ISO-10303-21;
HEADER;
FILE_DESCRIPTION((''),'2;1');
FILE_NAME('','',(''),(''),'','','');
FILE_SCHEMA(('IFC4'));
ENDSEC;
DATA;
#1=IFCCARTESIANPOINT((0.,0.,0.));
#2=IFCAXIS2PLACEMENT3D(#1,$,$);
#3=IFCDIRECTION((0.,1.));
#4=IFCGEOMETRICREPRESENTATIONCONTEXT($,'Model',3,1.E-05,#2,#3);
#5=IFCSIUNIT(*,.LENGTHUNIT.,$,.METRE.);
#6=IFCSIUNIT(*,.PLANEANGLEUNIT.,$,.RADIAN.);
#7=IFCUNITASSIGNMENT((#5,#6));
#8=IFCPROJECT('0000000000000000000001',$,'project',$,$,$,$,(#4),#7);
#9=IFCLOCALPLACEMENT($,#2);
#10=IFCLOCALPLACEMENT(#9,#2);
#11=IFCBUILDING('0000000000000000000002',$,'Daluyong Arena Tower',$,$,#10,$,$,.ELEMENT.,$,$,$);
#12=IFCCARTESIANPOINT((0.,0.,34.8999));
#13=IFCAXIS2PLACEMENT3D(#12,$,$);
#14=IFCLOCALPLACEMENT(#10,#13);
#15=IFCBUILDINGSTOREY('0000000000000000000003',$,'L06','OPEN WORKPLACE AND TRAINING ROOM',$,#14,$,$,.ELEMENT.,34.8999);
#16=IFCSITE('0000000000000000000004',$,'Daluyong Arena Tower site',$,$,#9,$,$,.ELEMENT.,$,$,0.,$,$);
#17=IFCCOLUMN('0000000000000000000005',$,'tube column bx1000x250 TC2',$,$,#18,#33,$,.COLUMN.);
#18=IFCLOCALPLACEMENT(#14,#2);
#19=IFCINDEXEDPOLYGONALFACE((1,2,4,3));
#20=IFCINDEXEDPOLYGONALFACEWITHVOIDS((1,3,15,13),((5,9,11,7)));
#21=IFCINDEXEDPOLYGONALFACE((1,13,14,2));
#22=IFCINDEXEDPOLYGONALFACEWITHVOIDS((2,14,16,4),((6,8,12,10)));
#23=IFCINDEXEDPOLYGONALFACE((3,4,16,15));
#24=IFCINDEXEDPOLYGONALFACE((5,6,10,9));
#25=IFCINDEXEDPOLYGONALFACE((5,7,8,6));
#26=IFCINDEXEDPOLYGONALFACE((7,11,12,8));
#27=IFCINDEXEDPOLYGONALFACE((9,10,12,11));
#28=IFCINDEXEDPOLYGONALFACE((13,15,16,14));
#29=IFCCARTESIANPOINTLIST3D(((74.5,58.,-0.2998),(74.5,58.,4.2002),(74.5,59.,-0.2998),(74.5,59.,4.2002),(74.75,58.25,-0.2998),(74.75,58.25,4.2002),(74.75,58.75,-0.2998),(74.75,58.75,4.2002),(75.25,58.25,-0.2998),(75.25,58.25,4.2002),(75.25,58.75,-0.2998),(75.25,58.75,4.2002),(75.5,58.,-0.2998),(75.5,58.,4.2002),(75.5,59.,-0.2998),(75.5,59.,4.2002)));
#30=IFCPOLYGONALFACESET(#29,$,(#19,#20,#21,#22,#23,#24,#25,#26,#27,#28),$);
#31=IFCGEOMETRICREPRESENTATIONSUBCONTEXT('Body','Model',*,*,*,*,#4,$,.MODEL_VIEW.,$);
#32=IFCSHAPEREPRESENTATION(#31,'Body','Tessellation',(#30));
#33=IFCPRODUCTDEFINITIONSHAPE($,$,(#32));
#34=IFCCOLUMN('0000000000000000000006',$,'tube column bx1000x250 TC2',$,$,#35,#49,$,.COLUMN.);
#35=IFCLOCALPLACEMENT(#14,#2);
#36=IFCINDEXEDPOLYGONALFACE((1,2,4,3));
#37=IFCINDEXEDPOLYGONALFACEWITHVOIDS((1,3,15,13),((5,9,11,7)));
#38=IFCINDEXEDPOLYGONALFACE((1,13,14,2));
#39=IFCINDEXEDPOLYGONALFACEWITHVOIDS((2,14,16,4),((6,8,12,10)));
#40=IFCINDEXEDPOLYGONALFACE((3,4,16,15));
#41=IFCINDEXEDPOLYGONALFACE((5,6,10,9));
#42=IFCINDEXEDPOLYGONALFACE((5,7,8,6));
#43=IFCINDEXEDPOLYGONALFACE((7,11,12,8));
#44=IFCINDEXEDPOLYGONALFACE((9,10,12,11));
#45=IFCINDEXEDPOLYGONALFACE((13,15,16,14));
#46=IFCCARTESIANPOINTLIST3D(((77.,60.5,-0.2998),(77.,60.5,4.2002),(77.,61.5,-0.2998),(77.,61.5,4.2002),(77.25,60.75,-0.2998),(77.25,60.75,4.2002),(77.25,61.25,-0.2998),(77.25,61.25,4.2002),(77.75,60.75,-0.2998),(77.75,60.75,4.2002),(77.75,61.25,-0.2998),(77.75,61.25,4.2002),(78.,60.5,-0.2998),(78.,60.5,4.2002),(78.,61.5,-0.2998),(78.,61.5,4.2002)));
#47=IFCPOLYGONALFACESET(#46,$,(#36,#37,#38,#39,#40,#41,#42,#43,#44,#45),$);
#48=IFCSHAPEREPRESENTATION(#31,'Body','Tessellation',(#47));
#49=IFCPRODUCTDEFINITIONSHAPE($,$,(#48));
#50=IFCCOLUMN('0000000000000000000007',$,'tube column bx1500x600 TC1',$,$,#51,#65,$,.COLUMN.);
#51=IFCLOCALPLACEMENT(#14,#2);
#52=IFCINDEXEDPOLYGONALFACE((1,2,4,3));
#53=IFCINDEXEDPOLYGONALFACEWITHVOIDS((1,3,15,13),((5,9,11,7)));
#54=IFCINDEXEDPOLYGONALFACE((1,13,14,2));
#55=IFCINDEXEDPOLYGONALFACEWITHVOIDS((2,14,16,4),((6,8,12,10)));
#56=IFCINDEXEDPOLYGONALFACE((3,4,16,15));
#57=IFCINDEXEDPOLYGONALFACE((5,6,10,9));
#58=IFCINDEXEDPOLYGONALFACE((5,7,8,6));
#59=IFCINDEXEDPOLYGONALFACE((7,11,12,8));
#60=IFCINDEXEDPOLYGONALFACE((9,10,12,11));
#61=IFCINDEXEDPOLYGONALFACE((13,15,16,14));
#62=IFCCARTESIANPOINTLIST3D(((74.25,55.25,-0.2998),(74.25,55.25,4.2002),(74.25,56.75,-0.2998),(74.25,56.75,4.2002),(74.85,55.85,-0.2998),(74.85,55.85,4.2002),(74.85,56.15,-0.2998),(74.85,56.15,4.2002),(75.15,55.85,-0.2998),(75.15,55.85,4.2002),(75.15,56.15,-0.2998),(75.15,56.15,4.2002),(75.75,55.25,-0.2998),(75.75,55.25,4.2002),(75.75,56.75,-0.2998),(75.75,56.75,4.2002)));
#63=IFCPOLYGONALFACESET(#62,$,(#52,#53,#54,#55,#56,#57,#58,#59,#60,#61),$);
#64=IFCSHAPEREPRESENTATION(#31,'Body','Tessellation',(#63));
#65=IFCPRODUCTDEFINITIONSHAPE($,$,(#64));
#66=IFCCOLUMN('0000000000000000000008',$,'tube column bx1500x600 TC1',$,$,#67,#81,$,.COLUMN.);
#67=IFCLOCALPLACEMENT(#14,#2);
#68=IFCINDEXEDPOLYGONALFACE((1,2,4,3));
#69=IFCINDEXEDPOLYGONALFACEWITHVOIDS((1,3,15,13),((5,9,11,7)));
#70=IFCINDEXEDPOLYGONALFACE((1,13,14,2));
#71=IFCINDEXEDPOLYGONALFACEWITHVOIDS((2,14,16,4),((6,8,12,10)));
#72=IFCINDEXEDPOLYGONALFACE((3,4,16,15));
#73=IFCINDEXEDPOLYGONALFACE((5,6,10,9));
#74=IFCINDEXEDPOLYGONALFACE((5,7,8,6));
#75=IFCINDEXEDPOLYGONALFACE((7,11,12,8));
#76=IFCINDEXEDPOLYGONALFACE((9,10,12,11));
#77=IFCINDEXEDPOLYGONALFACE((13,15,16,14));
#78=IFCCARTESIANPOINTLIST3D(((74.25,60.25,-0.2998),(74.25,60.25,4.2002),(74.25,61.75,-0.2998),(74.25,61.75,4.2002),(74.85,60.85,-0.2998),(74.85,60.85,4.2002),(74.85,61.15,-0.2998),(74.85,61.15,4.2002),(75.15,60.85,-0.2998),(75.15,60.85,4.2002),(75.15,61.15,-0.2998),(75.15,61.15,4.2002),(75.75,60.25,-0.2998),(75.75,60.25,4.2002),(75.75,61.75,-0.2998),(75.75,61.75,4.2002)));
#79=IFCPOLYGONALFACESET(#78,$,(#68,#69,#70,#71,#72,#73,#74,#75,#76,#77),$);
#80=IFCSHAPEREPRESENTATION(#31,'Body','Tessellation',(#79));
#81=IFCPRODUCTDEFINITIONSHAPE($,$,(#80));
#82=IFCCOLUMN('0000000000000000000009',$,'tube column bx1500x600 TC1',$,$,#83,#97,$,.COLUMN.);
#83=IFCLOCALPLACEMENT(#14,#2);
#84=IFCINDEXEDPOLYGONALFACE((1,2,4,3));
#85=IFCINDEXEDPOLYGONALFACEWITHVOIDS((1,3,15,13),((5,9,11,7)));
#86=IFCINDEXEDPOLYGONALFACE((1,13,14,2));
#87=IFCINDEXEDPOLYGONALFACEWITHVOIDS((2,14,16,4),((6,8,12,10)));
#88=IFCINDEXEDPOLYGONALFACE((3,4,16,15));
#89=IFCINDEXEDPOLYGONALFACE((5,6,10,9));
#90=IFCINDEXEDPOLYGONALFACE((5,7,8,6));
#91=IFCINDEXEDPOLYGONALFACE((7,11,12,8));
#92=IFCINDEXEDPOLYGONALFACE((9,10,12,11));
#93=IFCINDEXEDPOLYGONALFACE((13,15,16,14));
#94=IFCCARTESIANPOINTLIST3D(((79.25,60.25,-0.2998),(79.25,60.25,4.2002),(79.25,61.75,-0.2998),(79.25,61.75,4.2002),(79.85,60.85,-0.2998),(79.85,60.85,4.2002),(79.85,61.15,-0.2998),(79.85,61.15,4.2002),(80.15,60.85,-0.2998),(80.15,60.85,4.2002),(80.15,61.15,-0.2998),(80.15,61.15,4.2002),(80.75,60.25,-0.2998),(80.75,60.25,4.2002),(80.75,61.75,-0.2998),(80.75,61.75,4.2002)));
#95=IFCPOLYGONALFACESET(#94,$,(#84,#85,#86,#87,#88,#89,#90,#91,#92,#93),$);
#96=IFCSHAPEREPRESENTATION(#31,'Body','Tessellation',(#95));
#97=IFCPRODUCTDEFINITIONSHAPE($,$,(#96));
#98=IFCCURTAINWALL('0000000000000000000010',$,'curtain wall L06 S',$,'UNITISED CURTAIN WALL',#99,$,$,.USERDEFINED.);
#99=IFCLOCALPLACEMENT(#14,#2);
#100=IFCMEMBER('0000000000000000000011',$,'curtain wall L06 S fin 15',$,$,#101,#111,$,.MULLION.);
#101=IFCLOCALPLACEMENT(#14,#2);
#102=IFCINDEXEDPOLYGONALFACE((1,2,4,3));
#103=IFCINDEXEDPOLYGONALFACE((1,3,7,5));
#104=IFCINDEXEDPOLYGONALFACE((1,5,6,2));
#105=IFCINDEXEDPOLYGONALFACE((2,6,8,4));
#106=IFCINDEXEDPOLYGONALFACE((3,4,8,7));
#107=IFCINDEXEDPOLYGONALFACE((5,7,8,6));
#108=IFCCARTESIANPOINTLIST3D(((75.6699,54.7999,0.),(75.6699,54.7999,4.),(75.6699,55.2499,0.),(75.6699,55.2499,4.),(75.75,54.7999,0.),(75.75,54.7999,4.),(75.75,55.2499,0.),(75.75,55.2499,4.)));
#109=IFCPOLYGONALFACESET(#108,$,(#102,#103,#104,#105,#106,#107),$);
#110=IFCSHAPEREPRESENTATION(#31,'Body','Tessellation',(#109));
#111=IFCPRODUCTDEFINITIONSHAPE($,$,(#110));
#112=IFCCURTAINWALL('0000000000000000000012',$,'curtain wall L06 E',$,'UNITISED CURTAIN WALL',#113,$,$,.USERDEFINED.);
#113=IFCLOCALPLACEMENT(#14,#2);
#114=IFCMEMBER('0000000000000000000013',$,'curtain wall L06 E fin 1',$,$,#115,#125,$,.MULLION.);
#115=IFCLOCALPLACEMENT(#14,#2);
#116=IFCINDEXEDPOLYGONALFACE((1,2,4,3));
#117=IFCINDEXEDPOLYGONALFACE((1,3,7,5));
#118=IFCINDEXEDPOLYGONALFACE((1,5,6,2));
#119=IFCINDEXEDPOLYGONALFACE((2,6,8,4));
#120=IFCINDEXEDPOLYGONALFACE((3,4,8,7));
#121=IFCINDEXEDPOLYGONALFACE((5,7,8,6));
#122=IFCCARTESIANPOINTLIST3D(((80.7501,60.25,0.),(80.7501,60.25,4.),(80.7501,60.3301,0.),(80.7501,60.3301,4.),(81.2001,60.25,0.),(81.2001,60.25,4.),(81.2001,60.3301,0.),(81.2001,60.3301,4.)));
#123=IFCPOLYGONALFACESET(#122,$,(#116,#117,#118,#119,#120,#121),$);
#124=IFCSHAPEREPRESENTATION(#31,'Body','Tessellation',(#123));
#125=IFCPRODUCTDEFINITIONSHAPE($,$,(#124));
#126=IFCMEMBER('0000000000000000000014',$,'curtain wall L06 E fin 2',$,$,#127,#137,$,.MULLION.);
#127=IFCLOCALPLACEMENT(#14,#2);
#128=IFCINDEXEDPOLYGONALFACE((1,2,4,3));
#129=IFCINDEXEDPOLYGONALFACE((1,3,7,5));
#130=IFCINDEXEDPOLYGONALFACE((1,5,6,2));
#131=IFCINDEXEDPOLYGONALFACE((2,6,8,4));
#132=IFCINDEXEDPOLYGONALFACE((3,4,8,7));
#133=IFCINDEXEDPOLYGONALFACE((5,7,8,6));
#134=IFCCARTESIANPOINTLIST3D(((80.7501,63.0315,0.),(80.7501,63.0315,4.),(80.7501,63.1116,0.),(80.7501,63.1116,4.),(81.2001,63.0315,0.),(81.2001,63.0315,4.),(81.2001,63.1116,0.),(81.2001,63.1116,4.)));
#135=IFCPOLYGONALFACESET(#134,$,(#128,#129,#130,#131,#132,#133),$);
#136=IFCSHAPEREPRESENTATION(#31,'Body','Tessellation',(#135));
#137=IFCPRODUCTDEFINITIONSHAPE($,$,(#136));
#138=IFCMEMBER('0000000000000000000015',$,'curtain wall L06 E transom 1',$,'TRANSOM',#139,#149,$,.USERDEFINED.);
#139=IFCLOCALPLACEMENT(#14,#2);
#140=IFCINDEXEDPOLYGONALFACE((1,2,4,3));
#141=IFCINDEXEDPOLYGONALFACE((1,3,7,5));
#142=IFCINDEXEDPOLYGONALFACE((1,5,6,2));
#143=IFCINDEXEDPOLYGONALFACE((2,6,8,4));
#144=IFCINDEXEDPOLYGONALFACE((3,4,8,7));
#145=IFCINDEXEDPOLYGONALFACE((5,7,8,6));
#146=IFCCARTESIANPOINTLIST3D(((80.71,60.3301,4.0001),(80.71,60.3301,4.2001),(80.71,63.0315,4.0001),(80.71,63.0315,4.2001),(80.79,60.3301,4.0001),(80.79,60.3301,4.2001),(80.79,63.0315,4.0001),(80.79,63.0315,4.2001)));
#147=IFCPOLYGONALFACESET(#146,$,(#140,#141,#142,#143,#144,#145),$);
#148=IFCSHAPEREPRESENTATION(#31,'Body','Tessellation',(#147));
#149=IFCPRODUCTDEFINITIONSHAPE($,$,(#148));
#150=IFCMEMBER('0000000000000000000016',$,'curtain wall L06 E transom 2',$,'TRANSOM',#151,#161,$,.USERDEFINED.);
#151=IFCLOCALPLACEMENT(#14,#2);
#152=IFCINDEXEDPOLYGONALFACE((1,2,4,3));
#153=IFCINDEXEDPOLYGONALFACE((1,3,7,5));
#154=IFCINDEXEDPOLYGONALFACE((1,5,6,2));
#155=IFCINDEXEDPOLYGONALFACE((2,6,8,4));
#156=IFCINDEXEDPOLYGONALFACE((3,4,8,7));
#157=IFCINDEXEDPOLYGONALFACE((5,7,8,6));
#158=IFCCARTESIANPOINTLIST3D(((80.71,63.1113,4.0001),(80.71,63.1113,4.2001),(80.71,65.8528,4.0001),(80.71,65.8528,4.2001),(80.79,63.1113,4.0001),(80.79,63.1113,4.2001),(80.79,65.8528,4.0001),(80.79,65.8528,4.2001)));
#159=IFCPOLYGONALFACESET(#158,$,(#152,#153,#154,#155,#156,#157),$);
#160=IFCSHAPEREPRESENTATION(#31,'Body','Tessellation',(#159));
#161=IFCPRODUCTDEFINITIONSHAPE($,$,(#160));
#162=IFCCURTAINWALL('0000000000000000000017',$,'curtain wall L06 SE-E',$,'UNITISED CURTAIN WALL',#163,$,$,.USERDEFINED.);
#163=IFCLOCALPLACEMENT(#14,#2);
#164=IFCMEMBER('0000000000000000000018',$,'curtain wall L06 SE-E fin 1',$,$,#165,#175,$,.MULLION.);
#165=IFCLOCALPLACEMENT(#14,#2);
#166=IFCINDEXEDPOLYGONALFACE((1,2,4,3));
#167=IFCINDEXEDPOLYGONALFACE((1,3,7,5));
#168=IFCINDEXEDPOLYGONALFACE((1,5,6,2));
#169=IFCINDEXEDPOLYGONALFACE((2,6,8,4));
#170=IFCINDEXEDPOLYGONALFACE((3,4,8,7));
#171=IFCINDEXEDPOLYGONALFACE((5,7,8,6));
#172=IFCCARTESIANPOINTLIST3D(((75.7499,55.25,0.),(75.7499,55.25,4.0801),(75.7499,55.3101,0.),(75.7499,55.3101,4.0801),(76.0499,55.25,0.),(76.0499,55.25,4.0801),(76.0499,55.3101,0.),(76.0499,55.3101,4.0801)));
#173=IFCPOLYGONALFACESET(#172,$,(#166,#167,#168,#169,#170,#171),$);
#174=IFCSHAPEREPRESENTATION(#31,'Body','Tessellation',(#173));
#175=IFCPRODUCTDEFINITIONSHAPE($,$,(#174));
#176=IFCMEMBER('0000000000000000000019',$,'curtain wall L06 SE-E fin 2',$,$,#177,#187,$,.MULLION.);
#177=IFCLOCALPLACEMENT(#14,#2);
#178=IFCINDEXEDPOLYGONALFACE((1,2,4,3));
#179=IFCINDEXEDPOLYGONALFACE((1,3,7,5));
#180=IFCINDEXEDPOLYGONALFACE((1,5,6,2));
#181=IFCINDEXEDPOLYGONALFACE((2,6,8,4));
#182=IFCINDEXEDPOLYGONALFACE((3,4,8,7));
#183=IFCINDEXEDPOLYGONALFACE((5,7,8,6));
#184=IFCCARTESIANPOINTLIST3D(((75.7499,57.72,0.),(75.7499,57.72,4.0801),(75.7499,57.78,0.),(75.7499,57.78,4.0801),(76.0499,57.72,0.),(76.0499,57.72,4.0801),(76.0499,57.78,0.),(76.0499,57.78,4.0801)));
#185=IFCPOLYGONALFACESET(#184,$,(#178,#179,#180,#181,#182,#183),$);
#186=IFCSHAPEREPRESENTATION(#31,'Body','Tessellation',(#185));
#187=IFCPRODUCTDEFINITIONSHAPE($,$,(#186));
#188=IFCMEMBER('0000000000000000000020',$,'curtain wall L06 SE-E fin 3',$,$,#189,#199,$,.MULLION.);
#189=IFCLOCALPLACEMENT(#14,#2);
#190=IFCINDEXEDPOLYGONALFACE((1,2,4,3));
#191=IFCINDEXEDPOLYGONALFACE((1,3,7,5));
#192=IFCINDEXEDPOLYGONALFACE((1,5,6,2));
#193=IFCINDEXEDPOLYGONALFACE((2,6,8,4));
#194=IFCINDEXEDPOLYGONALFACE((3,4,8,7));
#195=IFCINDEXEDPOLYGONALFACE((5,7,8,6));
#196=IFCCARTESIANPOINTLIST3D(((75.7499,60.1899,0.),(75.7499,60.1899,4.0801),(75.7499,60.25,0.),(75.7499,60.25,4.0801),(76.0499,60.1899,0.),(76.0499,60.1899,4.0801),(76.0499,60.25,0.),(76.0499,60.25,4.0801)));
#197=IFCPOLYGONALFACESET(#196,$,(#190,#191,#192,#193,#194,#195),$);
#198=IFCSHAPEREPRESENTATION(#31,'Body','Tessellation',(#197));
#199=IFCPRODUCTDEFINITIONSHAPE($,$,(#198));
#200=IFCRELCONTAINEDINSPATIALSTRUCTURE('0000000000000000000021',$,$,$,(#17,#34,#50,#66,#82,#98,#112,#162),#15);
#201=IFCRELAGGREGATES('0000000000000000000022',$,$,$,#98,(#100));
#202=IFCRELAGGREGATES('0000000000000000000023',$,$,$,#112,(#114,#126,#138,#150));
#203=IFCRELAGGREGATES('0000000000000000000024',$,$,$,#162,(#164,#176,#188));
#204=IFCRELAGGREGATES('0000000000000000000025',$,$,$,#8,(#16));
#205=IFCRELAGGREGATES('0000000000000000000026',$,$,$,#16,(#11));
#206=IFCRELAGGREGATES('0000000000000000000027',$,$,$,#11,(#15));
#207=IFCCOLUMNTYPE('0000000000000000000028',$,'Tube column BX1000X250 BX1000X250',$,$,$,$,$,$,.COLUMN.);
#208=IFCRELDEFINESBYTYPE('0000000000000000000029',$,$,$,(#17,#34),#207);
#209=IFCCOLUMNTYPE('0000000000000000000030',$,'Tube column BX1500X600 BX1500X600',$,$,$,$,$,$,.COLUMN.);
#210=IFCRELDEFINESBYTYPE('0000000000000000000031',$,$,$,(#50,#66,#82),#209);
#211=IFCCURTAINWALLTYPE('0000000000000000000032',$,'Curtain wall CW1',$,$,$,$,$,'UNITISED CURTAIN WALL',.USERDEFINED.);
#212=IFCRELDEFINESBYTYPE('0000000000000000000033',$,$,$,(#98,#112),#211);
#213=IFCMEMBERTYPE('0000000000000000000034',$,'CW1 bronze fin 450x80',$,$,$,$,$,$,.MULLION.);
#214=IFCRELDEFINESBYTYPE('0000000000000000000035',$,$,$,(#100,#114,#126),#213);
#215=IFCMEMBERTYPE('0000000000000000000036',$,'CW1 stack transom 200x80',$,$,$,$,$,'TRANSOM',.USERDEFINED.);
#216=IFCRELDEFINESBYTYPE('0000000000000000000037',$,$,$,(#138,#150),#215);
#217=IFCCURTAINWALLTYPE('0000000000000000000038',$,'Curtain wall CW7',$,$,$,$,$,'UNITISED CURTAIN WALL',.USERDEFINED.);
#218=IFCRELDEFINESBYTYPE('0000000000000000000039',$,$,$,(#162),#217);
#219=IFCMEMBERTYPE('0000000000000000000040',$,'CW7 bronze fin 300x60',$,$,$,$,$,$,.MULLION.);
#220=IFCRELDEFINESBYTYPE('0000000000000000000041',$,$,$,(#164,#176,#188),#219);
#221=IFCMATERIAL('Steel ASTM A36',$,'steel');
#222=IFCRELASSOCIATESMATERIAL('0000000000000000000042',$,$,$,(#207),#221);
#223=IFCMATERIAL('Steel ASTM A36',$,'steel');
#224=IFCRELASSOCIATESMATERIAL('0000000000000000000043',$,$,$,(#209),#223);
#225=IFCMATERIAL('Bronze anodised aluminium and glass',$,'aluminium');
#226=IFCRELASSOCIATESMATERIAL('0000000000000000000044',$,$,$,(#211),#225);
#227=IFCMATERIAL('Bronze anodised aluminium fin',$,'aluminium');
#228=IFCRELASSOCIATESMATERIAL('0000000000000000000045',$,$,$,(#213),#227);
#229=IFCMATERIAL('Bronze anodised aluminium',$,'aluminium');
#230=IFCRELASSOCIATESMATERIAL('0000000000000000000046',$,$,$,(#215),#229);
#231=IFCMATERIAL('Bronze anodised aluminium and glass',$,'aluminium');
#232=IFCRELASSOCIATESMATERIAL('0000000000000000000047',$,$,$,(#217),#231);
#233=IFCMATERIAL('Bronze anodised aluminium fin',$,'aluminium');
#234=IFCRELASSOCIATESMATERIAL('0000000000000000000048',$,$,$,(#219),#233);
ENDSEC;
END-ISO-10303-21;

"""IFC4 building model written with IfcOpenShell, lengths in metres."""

from ifc_helpers import new_model, si_unit, direction, frame, origin, origin_2d, place, context, subcontext, project, spatial, rectangle, hollow_rectangle, extrude, material, material_profile, profile_set, type_object, element, aggregate, save


model = new_model("IFC4")

# Units and contexts
model_context = context("Model", 3, precision=1e-05, world=origin(), true_north=direction((0.0, 1.0)))
body_context = subcontext(model_context, "Body", "Model", "MODEL_VIEW")
ifc_project = project(units=[si_unit("LENGTHUNIT", "METRE"), si_unit("PLANEANGLEUNIT", "RADIAN")], contexts=[model_context])

# Site, building, storey
site_placement = place(None, origin())
site = spatial("IfcSite", under=ifc_project, at=site_placement, Name="Daluyong Arena Tower site", CompositionType="ELEMENT", RefElevation=0.0)
building_placement = place(site_placement, origin())
building = spatial("IfcBuilding", under=site, at=building_placement, Name="Daluyong Arena Tower", CompositionType="ELEMENT")
storey_placement = place(building_placement, frame((0.0, 0.0, 34.8999)))
storey = spatial("IfcBuildingStorey", under=building, at=storey_placement, Name="L06", Description="OPEN WORKPLACE AND TRAINING ROOM", CompositionType="ELEMENT", Elevation=34.8999)

# Columns
ifc_material_1 = material(Name="Steel ASTM A36", Category="steel")
ifc_material_profile_1 = material_profile(ifc_material_1, hollow_rectangle(XDim=1.0, YDim=1.0, WallThickness=0.25, at=origin_2d()))
ifc_profile_set_1 = profile_set([ifc_material_profile_1], Name="Steel ASTM A36")
column_type_1 = type_object("IfcColumnType", Name="Tube column BX1000X250 BX1000X250", PredefinedType="COLUMN", material=ifc_profile_set_1)
for number, where, z_axis, x_axis, name in (
    (1, (75.0, 58.5, -0.2998), (0.0, 0.0, 1.0), (0.0, 1.0, 0.0), "tube column bx1000x250 TC2"),
    (2, (77.5, 61.0, -0.2998), (0.0, 0.0, 1.0), (1.0, 0.0, 0.0), "tube column bx1000x250 TC2"),
):
    element("IfcColumn", number, at=place(storey_placement, frame(where, z_axis=z_axis, x_axis=x_axis)), inside=storey, type_object=column_type_1, Name=name, PredefinedType="COLUMN", context=body_context, shape_type="SweptSolid", body=[
        extrude(hollow_rectangle(XDim=1.0, YDim=1.0, WallThickness=0.25, at=origin_2d()), origin(), (0.0, 0.0, 1.0), 4.5),
    ])
ifc_material_2 = material(Name="Steel ASTM A36", Category="steel")
ifc_material_profile_2 = material_profile(ifc_material_2, hollow_rectangle(XDim=1.5, YDim=1.5, WallThickness=0.6, at=origin_2d()))
ifc_profile_set_2 = profile_set([ifc_material_profile_2], Name="Steel ASTM A36")
column_type_2 = type_object("IfcColumnType", Name="Tube column BX1500X600 BX1500X600", PredefinedType="COLUMN", material=ifc_profile_set_2)
for number, where, z_axis, x_axis, name in (
    (3, (75.0, 56.0, -0.2998), (0.0, 0.0, 1.0), (0.0, 1.0, 0.0), "tube column bx1500x600 TC1"),
    (4, (75.0, 61.0, -0.2998), (0.0, 0.0, 1.0), (1.0, 0.0, 0.0), "tube column bx1500x600 TC1"),
    (5, (80.0, 61.0, -0.2998), (0.0, 0.0, 1.0), (0.0, 1.0, 0.0), "tube column bx1500x600 TC1"),
):
    element("IfcColumn", number, at=place(storey_placement, frame(where, z_axis=z_axis, x_axis=x_axis)), inside=storey, type_object=column_type_2, Name=name, PredefinedType="COLUMN", context=body_context, shape_type="SweptSolid", body=[
        extrude(hollow_rectangle(XDim=1.5, YDim=1.5, WallThickness=0.6, at=origin_2d()), origin(), (0.0, 0.0, 1.0), 4.5),
    ])

# Curtain wall, member
ifc_material_3 = material(Name="Bronze anodised aluminium and glass", Category="aluminium")
curtain_wall_type_1 = type_object("IfcCurtainWallType", Name="Curtain wall CW1", ElementType="UNITISED CURTAIN WALL", PredefinedType="USERDEFINED", material=ifc_material_3)
curtain_wall_1_placement = place(storey_placement, origin())
curtain_wall_1 = element("IfcCurtainWall", 6, at=curtain_wall_1_placement, inside=storey, type_object=curtain_wall_type_1, Name="curtain wall L06 S", ObjectType="UNITISED CURTAIN WALL", PredefinedType="USERDEFINED")
ifc_material_4 = material(Name="Bronze anodised aluminium fin", Category="aluminium")
ifc_material_profile_3 = material_profile(ifc_material_4, rectangle(XDim=0.45, YDim=0.0801, at=origin_2d()))
ifc_profile_set_3 = profile_set([ifc_material_profile_3], Name="Bronze anodised aluminium fin")
member_type_1 = type_object("IfcMemberType", Name="CW1 bronze fin 450x80", PredefinedType="MULLION", material=ifc_profile_set_3)
member_1_placement = place(storey_placement, frame((75.71, 55.0249, 0.0), z_axis=(0.0, 0.0, 1.0), x_axis=(0.0, 1.0, 0.0)))
member_1 = element("IfcMember", 7, at=member_1_placement, type_object=member_type_1, Name="curtain wall L06 S fin 15", PredefinedType="MULLION", context=body_context, shape_type="SweptSolid", body=[
    extrude(rectangle(XDim=0.45, YDim=0.0801, at=origin_2d()), origin(), (0.0, 0.0, 1.0), 4.0),
])

# Curtain walls, members
curtain_wall_2_placement = place(storey_placement, origin())
curtain_wall_2 = element("IfcCurtainWall", 8, at=curtain_wall_2_placement, inside=storey, type_object=curtain_wall_type_1, Name="curtain wall L06 E", ObjectType="UNITISED CURTAIN WALL", PredefinedType="USERDEFINED")
member_2_placement = place(storey_placement, frame((80.9751, 60.29, 0.0), z_axis=(0.0, 0.0, 1.0), x_axis=(-1.0, 0.0, 0.0)))
member_2 = element("IfcMember", 9, at=member_2_placement, type_object=member_type_1, Name="curtain wall L06 E fin 1", PredefinedType="MULLION", context=body_context, shape_type="SweptSolid", body=[
    extrude(rectangle(XDim=0.45, YDim=0.0801, at=origin_2d()), origin(), (0.0, 0.0, 1.0), 4.0),
])
member_3_placement = place(storey_placement, frame((80.9751, 63.0715, 0.0), z_axis=(0.0, 0.0, 1.0), x_axis=(-1.0, 0.0, 0.0)))
member_3 = element("IfcMember", 10, at=member_3_placement, type_object=member_type_1, Name="curtain wall L06 E fin 2", PredefinedType="MULLION", context=body_context, shape_type="SweptSolid", body=[
    extrude(rectangle(XDim=0.45, YDim=0.0801, at=origin_2d()), origin(), (0.0, 0.0, 1.0), 4.0),
])
ifc_material_5 = material(Name="Bronze anodised aluminium", Category="aluminium")
ifc_material_profile_4 = material_profile(ifc_material_5, rectangle(XDim=0.0801, YDim=0.2, at=origin_2d()))
ifc_profile_set_4 = profile_set([ifc_material_profile_4], Name="Bronze anodised aluminium")
member_type_2 = type_object("IfcMemberType", Name="CW1 stack transom 200x80", ElementType="TRANSOM", PredefinedType="USERDEFINED", material=ifc_profile_set_4)
member_4_placement = place(storey_placement, frame((80.75, 60.3301, 4.1001), z_axis=(0.0, 1.0, 0.0), x_axis=(-1.0, 0.0, 0.0)))
member_4 = element("IfcMember", 11, at=member_4_placement, type_object=member_type_2, Name="curtain wall L06 E transom 1", ObjectType="TRANSOM", PredefinedType="USERDEFINED", context=body_context, shape_type="SweptSolid", body=[
    extrude(rectangle(XDim=0.0801, YDim=0.2, at=origin_2d()), origin(), (0.0, 0.0, 1.0), 2.7014),
])
member_5_placement = place(storey_placement, frame((80.75, 63.1113, 4.1001), z_axis=(0.0, 1.0, 0.0), x_axis=(-1.0, 0.0, 0.0)))
member_5 = element("IfcMember", 12, at=member_5_placement, type_object=member_type_2, Name="curtain wall L06 E transom 2", ObjectType="TRANSOM", PredefinedType="USERDEFINED", context=body_context, shape_type="SweptSolid", body=[
    extrude(rectangle(XDim=0.0801, YDim=0.2, at=origin_2d()), origin(), (0.0, 0.0, 1.0), 2.7415),
])
ifc_material_6 = material(Name="Bronze anodised aluminium and glass", Category="aluminium")
curtain_wall_type_2 = type_object("IfcCurtainWallType", Name="Curtain wall CW7", ElementType="UNITISED CURTAIN WALL", PredefinedType="USERDEFINED", material=ifc_material_6)
curtain_wall_3_placement = place(storey_placement, origin())
curtain_wall_3 = element("IfcCurtainWall", 13, at=curtain_wall_3_placement, inside=storey, type_object=curtain_wall_type_2, Name="curtain wall L06 SE-E", ObjectType="UNITISED CURTAIN WALL", PredefinedType="USERDEFINED")
ifc_material_7 = material(Name="Bronze anodised aluminium fin", Category="aluminium")
ifc_material_profile_5 = material_profile(ifc_material_7, rectangle(XDim=0.3, YDim=0.0601, at=origin_2d()))
ifc_profile_set_5 = profile_set([ifc_material_profile_5], Name="Bronze anodised aluminium fin")
member_type_3 = type_object("IfcMemberType", Name="CW7 bronze fin 300x60", PredefinedType="MULLION", material=ifc_profile_set_5)
member_6_placement = place(storey_placement, frame((75.8999, 55.28, 0.0), z_axis=(0.0, 0.0, 1.0), x_axis=(-1.0, 0.0, 0.0)))
member_6 = element("IfcMember", 14, at=member_6_placement, type_object=member_type_3, Name="curtain wall L06 SE-E fin 1", PredefinedType="MULLION", context=body_context, shape_type="SweptSolid", body=[
    extrude(rectangle(XDim=0.3, YDim=0.0601, at=origin_2d()), origin(), (0.0, 0.0, 1.0), 4.0801),
])
member_7_placement = place(storey_placement, frame((75.8999, 57.75, 0.0), z_axis=(0.0, 0.0, 1.0), x_axis=(-1.0, 0.0, 0.0)))
member_7 = element("IfcMember", 15, at=member_7_placement, type_object=member_type_3, Name="curtain wall L06 SE-E fin 2", PredefinedType="MULLION", context=body_context, shape_type="SweptSolid", body=[
    extrude(rectangle(XDim=0.3, YDim=0.0601, at=origin_2d()), origin(), (0.0, 0.0, 1.0), 4.0801),
])
member_8_placement = place(storey_placement, frame((75.8999, 60.22, 0.0), z_axis=(0.0, 0.0, 1.0), x_axis=(-1.0, 0.0, 0.0)))
member_8 = element("IfcMember", 16, at=member_8_placement, type_object=member_type_3, Name="curtain wall L06 SE-E fin 3", PredefinedType="MULLION", context=body_context, shape_type="SweptSolid", body=[
    extrude(rectangle(XDim=0.3, YDim=0.0601, at=origin_2d()), origin(), (0.0, 0.0, 1.0), 4.0801),
])

aggregate(curtain_wall_1, [member_1])
aggregate(curtain_wall_2, [member_2, member_3, member_4, member_5])
aggregate(curtain_wall_3, [member_6, member_7, member_8])

save(model, "model.ifc")
